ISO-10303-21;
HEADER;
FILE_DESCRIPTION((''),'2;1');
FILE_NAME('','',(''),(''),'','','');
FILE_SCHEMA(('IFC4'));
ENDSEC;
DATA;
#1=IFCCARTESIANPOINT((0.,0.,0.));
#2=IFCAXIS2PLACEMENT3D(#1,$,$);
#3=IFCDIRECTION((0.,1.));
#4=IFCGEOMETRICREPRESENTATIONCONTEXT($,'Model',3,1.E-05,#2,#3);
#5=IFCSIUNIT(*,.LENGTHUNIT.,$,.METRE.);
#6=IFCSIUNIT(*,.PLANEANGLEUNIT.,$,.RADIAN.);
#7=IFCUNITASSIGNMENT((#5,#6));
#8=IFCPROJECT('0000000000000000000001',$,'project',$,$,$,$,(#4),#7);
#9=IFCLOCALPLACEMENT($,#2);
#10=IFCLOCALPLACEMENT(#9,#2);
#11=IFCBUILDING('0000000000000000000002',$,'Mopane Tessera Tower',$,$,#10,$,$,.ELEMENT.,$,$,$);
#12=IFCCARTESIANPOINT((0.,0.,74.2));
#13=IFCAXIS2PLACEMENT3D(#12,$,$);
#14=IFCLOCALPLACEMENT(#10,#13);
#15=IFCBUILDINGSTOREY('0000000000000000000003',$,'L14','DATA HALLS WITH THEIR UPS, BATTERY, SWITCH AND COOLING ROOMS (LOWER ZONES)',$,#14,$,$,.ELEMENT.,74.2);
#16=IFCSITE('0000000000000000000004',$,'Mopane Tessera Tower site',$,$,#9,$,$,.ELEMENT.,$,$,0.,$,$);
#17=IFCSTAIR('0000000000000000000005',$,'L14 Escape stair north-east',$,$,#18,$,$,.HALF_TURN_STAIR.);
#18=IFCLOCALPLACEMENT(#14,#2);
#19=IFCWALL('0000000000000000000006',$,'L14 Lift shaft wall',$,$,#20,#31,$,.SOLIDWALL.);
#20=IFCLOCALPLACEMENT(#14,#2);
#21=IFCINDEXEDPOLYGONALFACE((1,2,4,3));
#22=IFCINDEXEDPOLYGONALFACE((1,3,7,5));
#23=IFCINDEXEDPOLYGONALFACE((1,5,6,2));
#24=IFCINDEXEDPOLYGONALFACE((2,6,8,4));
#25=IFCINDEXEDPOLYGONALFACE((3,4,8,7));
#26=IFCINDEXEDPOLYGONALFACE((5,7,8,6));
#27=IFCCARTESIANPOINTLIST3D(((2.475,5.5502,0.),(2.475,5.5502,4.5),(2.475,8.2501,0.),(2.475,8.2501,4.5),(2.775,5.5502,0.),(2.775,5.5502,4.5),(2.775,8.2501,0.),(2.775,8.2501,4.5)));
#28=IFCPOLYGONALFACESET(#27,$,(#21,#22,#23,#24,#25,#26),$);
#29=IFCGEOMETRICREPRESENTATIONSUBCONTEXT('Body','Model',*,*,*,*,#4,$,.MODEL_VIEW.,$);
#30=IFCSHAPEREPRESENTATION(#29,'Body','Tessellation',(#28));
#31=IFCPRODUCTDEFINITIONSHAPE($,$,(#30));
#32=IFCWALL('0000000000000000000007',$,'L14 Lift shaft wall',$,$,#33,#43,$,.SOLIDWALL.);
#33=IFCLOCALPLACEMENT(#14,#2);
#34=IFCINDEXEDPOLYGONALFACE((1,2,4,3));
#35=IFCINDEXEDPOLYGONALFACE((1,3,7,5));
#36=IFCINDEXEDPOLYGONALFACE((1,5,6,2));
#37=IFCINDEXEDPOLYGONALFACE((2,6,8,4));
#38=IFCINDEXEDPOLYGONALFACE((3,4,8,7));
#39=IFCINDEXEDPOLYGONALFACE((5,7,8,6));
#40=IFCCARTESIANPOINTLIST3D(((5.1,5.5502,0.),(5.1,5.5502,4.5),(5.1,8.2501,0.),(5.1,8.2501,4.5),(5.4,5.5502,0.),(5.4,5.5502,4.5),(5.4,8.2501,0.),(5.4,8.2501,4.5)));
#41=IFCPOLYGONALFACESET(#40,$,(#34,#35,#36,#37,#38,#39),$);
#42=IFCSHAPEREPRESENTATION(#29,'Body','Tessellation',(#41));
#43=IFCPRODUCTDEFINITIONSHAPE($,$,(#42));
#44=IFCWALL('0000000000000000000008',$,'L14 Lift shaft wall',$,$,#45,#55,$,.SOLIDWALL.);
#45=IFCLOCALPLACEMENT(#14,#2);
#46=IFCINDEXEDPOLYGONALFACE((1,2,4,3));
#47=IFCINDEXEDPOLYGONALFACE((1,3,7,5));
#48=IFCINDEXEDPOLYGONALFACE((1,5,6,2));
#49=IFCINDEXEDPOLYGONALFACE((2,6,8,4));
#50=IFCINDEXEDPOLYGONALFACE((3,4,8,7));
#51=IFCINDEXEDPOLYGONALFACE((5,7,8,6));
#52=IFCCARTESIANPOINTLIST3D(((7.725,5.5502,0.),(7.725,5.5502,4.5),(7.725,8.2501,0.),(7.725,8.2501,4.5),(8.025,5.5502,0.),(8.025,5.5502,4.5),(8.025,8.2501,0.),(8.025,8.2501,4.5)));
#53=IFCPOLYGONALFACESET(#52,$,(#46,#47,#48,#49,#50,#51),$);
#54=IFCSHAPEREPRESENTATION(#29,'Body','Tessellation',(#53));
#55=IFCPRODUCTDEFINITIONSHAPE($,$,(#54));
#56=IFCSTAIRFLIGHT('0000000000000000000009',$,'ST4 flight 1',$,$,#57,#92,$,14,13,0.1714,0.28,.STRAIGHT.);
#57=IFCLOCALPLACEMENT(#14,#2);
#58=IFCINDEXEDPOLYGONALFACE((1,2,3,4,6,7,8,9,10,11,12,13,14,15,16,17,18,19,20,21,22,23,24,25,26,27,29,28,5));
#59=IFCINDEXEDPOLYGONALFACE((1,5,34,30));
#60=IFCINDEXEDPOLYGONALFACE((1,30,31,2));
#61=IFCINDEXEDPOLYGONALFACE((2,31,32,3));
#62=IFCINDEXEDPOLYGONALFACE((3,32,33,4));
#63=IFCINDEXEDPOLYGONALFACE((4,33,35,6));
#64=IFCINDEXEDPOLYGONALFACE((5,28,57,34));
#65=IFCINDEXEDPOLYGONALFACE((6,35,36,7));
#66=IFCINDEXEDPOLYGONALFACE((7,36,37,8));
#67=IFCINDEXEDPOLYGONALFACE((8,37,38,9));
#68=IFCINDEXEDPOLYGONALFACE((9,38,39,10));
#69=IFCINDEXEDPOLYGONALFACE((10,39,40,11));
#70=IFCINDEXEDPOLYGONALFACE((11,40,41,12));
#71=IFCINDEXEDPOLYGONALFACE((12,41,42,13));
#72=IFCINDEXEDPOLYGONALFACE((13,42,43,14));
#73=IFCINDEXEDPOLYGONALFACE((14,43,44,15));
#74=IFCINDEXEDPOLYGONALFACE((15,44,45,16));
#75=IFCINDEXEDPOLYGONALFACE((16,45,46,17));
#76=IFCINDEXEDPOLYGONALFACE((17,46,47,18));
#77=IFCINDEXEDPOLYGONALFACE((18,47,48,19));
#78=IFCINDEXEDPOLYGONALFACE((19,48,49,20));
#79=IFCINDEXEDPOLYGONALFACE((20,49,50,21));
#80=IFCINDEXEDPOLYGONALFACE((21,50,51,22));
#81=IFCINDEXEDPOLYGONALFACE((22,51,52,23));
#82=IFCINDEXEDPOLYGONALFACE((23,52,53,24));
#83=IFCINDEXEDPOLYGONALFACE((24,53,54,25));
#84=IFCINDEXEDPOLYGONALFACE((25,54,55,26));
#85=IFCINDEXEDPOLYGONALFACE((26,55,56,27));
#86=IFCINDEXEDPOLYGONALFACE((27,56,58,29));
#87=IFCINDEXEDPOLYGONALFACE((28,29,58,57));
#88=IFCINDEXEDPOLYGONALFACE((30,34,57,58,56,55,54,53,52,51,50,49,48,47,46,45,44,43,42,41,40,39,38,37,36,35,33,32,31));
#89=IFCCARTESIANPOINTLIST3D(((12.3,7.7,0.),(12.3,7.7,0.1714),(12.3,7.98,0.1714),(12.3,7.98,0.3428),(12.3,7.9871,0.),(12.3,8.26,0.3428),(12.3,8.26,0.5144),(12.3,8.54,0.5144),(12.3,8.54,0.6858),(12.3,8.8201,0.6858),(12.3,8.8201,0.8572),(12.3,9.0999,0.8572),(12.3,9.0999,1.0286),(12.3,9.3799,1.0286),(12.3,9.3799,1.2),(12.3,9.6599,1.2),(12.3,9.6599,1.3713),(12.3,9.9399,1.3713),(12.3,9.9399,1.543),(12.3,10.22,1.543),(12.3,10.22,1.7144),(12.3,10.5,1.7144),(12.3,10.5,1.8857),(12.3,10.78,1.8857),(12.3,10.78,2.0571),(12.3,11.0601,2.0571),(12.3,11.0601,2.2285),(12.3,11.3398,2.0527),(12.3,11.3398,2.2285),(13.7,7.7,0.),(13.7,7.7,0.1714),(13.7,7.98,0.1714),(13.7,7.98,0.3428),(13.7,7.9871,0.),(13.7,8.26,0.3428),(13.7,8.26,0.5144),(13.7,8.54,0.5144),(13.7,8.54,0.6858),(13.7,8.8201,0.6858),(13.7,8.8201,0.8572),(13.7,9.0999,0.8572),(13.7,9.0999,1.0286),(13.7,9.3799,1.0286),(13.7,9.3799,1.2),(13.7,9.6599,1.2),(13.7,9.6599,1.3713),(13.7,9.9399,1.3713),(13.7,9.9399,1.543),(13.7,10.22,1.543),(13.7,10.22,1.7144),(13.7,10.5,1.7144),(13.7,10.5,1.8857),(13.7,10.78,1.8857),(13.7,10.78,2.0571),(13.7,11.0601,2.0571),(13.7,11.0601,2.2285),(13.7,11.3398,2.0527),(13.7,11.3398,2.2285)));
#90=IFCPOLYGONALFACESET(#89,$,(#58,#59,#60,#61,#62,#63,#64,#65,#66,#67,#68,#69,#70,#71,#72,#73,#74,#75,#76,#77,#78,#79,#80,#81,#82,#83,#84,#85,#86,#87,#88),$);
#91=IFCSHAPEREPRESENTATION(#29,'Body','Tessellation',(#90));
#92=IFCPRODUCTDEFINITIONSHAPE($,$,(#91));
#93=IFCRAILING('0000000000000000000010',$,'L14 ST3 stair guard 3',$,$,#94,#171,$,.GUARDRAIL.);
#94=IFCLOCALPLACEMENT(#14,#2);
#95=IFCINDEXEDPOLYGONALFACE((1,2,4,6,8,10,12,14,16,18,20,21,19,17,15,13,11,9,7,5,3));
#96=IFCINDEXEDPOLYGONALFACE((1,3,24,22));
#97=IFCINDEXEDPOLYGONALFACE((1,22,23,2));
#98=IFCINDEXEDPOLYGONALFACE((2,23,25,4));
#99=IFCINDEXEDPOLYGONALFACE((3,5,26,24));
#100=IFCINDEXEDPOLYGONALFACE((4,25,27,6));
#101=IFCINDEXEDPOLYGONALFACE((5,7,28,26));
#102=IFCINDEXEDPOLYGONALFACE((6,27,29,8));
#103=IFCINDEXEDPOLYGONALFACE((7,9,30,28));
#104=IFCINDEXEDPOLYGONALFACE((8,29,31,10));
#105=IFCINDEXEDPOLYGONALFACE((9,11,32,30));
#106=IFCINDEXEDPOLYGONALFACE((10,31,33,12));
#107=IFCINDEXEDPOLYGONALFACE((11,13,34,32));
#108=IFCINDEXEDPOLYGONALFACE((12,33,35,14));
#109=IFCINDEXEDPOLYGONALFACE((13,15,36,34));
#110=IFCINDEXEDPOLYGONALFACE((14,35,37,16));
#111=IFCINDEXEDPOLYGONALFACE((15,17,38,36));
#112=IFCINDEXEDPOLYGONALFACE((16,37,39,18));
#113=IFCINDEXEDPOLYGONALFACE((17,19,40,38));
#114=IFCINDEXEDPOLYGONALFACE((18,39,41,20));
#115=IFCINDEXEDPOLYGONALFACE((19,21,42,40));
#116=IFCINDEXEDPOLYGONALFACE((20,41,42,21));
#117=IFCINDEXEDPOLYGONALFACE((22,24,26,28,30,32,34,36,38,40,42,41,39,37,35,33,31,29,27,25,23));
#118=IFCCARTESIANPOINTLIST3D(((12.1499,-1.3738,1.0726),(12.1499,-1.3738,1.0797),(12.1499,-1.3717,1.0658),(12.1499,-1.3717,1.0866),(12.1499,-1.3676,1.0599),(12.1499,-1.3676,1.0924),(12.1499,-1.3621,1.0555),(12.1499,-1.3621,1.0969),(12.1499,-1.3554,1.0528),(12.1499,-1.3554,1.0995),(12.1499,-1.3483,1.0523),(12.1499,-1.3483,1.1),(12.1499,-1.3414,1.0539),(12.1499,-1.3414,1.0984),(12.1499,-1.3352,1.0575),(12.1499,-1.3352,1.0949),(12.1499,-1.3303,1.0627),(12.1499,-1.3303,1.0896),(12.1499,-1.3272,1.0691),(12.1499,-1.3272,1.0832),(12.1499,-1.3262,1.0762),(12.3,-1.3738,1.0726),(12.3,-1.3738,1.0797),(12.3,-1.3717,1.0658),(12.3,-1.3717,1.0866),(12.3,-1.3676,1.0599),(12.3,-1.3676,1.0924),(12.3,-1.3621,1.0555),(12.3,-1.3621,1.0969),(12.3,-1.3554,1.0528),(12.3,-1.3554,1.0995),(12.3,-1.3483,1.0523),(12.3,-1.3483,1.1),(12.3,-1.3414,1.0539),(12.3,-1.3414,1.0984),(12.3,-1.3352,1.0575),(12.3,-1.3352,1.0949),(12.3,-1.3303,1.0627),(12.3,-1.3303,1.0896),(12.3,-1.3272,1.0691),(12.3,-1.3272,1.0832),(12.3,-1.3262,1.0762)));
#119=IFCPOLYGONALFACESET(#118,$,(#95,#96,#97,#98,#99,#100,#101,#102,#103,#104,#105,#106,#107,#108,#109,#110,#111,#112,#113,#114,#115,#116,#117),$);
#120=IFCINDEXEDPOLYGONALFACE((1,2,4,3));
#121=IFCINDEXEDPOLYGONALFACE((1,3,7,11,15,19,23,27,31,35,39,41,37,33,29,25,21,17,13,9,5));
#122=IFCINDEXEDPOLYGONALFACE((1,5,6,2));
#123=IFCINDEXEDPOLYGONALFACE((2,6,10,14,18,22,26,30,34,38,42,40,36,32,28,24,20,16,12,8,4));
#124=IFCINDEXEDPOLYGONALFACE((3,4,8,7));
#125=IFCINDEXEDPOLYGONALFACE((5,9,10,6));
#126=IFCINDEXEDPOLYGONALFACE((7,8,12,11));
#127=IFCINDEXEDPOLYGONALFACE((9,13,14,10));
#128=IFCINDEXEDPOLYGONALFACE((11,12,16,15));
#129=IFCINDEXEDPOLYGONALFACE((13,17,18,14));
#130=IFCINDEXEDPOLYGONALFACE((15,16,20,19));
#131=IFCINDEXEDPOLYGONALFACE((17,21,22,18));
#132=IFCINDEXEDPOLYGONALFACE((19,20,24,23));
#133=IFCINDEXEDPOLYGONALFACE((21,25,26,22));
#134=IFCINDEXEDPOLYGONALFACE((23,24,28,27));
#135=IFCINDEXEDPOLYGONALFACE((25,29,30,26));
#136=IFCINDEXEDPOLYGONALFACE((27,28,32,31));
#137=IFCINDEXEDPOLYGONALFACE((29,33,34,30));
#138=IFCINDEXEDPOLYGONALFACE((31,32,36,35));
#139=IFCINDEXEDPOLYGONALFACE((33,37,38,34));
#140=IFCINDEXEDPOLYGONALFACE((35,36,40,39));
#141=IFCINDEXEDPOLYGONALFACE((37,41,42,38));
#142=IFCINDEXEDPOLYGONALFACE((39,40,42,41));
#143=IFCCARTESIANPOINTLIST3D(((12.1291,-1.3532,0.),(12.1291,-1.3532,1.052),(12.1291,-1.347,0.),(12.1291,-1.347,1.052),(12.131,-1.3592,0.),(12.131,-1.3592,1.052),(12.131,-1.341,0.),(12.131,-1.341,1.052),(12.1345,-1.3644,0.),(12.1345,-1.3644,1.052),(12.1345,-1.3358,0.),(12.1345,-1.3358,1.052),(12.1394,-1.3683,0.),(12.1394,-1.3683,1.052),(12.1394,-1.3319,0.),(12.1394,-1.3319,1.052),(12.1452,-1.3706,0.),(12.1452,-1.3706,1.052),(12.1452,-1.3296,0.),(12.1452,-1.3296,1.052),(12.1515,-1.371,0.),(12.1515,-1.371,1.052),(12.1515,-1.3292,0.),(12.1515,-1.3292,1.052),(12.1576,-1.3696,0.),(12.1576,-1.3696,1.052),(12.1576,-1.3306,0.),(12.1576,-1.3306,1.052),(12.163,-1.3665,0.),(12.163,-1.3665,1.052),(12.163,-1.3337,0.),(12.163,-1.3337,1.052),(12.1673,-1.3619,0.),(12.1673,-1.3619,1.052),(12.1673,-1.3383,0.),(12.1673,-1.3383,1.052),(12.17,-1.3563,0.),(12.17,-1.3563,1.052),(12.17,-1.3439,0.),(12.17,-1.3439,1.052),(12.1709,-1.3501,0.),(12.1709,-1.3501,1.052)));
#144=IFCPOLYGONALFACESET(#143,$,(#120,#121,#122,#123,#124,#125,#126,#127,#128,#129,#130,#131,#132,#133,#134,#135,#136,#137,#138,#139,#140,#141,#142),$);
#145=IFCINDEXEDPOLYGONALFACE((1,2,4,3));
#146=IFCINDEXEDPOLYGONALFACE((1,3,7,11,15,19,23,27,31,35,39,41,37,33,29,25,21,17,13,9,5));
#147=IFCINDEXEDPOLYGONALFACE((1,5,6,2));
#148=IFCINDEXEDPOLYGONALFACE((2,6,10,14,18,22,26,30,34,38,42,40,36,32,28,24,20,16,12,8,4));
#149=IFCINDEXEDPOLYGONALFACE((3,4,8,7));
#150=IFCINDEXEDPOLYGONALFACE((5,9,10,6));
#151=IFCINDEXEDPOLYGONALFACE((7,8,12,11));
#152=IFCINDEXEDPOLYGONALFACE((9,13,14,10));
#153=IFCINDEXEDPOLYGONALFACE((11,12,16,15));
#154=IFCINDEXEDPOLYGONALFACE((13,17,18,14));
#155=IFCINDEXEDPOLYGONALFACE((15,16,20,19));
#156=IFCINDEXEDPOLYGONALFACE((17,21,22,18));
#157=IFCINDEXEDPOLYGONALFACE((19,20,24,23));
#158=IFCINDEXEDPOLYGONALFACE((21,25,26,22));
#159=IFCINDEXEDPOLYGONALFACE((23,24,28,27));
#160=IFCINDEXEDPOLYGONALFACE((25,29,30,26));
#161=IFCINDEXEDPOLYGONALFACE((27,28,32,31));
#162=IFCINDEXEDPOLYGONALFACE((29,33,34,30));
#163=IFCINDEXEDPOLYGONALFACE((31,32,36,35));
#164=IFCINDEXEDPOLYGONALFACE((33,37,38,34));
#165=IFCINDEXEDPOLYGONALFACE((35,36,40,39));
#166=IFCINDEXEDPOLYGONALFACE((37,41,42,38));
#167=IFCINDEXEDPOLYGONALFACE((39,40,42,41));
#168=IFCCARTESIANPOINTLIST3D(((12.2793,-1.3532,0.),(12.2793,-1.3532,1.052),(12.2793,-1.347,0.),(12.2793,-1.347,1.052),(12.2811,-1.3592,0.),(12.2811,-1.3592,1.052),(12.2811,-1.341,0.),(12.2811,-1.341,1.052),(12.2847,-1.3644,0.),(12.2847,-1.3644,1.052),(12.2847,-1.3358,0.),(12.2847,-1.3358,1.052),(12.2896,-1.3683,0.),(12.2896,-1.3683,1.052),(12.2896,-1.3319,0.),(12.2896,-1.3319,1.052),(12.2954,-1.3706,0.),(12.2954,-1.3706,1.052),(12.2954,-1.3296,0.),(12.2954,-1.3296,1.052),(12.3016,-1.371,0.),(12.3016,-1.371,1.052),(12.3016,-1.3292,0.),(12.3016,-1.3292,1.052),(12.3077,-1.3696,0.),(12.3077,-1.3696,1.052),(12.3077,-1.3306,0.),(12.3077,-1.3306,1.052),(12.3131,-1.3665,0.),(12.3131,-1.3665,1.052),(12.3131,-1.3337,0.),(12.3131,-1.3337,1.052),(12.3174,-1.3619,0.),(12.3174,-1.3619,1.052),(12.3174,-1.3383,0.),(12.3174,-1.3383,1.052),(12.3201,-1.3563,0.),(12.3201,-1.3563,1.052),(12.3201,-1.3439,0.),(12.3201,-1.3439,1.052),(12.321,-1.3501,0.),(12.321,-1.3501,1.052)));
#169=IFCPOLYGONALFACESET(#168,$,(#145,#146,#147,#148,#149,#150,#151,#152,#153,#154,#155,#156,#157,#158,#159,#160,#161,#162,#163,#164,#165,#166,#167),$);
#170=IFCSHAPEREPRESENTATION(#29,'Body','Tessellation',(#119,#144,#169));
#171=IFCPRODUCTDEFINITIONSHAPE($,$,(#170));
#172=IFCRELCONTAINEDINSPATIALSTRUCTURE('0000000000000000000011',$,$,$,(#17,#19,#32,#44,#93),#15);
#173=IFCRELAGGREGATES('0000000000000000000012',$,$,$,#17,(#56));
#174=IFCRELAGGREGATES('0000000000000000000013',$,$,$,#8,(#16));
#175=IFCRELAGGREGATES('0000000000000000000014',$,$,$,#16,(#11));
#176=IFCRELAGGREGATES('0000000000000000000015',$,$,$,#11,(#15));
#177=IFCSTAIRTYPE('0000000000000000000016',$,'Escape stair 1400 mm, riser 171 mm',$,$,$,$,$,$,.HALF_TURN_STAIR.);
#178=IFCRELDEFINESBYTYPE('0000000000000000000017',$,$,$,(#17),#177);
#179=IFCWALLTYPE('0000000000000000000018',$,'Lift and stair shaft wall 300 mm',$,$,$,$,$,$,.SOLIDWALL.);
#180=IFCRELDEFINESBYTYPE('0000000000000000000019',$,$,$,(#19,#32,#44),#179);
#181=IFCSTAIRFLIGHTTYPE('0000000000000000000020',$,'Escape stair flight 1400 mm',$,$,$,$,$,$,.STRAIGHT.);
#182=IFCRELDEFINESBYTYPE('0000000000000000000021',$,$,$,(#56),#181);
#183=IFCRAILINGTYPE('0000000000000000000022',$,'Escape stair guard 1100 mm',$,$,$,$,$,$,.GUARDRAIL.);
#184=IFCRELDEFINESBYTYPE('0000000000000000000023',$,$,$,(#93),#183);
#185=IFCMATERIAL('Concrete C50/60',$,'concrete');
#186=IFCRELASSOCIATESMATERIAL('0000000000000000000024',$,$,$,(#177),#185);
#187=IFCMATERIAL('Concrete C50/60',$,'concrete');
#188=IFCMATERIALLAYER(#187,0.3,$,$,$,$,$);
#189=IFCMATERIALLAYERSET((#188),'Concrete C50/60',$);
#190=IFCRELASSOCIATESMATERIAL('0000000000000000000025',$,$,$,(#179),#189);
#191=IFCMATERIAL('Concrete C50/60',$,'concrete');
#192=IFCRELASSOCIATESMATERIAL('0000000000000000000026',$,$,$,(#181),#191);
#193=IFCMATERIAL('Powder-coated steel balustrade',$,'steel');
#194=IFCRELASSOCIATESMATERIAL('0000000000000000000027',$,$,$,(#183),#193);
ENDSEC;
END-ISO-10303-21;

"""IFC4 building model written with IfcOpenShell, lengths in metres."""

from ifc_helpers import new_model, si_unit, direction, frame, frame_2d, origin, origin_2d, place, context, subcontext, project, spatial, polyline, rectangle, circle, outline, extrude, material, layer, layer_set, type_object, element, aggregate, save


model = new_model("IFC4")

# Units and contexts
model_context = context("Model", 3, precision=1e-05, world=origin(), true_north=direction((0.0, 1.0)))
body_context = subcontext(model_context, "Body", "Model", "MODEL_VIEW")
ifc_project = project(units=[si_unit("LENGTHUNIT", "METRE"), si_unit("PLANEANGLEUNIT", "RADIAN")], contexts=[model_context])

# Site, building, storey
site_placement = place(None, origin())
site = spatial("IfcSite", under=ifc_project, at=site_placement, Name="Mopane Tessera Tower site", CompositionType="ELEMENT", RefElevation=0.0)
building_placement = place(site_placement, origin())
building = spatial("IfcBuilding", under=site, at=building_placement, Name="Mopane Tessera Tower", CompositionType="ELEMENT")
storey_placement = place(building_placement, frame((0.0, 0.0, 74.2)))
storey = spatial("IfcBuildingStorey", under=building, at=storey_placement, Name="L14", Description="DATA HALLS WITH THEIR UPS, BATTERY, SWITCH AND COOLING ROOMS (LOWER ZONES)", CompositionType="ELEMENT", Elevation=74.2)

# Stair
ifc_material_1 = material(Name="Concrete C50/60", Category="concrete")
stair_type = type_object("IfcStairType", Name="Escape stair 1400 mm, riser 171 mm", PredefinedType="HALF_TURN_STAIR", material=ifc_material_1)
stair_1_placement = place(storey_placement, origin())
stair_1 = element("IfcStair", 1, at=stair_1_placement, inside=storey, type_object=stair_type, Name="L14 Escape stair north-east", PredefinedType="HALF_TURN_STAIR")

# Shared definitions
ifc_material_2 = material(Name="Concrete C50/60", Category="concrete")
ifc_layer_1 = layer(ifc_material_2, 0.3)
ifc_layer_set_1 = layer_set([ifc_layer_1], Name="Concrete C50/60")
wall_type_1 = type_object("IfcWallType", Name="Lift and stair shaft wall 300 mm", PredefinedType="SOLIDWALL", material=ifc_layer_set_1)

# Walls
for number, where, z_axis, x_axis, name in (
    (2, (2.625, 5.55, 0.0), (0.0, 0.0, 1.0), (0.0, 1.0, 0.0), "L14 Lift shaft wall"),
    (3, (5.25, 5.55, 0.0), (0.0, 0.0, 1.0), (0.0, 1.0, 0.0), "L14 Lift shaft wall"),
    (4, (7.875, 5.55, 0.0), (0.0, 0.0, 1.0), (0.0, 1.0, 0.0), "L14 Lift shaft wall"),
):
    element("IfcWall", number, at=place(storey_placement, frame(where, z_axis=z_axis, x_axis=x_axis)), inside=storey, type_object=wall_type_1, Name=name, PredefinedType="SOLIDWALL", context=body_context, shape_type="SweptSolid", body=[
        extrude(rectangle(XDim=2.7, YDim=0.3, at=frame_2d((1.3501, 0.0))), origin(), (0.0, 0.0, 1.0), 4.5),
    ])

# Stair flight
ifc_material_3 = material(Name="Concrete C50/60", Category="concrete")
stair_flight_type = type_object("IfcStairFlightType", Name="Escape stair flight 1400 mm", PredefinedType="STRAIGHT", material=ifc_material_3)
stair_flight_placement = place(storey_placement, frame((13.0, 7.7, 0.0), z_axis=(0.0, 0.0, 1.0), x_axis=(0.0, 1.0, 0.0)))
stair_flight = element("IfcStairFlight", 5, at=stair_flight_placement, type_object=stair_flight_type, Name="ST4 flight 1", NumberOfRisers=14, NumberOfTreads=13, PredefinedType="STRAIGHT", RiserHeight=0.1714, TreadLength=0.28, context=body_context, shape_type="SweptSolid", body=[
    extrude(outline(polyline([(0.0, 0.0), (0.0, 0.1714), (0.28, 0.1714), (0.28, 0.3428), (0.5601, 0.3428), (0.5601, 0.5144), (0.8401, 0.5144), (0.8401, 0.6858), (1.1201, 0.6858), (1.1201, 0.8572), (1.3999, 0.8572), (1.3999, 1.0286), (1.6799, 1.0286), (1.6799, 1.2), (1.96, 1.2), (1.96, 1.3713), (2.24, 1.3713), (2.24, 1.543), (2.52, 1.543), (2.52, 1.7144), (2.8, 1.7144), (2.8, 1.8857), (3.0801, 1.8857), (3.0801, 2.0571), (3.3601, 2.0571), (3.3601, 2.2285), (3.6399, 2.2285), (3.6399, 2.3999), (3.6399, 2.0527), (0.2871, 0.0), (0.0, 0.0)])), frame((0.0, 0.7, 0.0), z_axis=(0.0, -1.0, 0.0), x_axis=(1.0, 0.0, 0.0)), (0.0, 0.0, 1.0), 1.3999),
])
aggregate(stair_1, [stair_flight])

# Railing
ifc_material_4 = material(Name="Powder-coated steel balustrade", Category="steel")
railing_type = type_object("IfcRailingType", Name="Escape stair guard 1100 mm", PredefinedType="GUARDRAIL", material=ifc_material_4)
railing_1_placement = place(storey_placement, frame((12.1499, -1.3501, 0.0)))
element("IfcRailing", 6, at=railing_1_placement, inside=storey, type_object=railing_type, Name="L14 ST3 stair guard 3", PredefinedType="GUARDRAIL", context=body_context, shape_type="SweptSolid", body=[
    extrude(circle(Radius=0.0239, at=origin_2d()), frame((0.0, 0.0, 1.0762), z_axis=(1.0, 0.0, 0.0), x_axis=(0.0, 1.0, 0.0)), (0.0, 0.0, 1.0), 0.1501),
    extrude(circle(Radius=0.021, at=origin_2d()), origin(), (0.0, 0.0, 1.0), 1.052),
    extrude(circle(Radius=0.021, at=origin_2d()), frame((0.1501, 0.0, 0.0)), (0.0, 0.0, 1.0), 1.052),
])

save(model, "model.ifc")
